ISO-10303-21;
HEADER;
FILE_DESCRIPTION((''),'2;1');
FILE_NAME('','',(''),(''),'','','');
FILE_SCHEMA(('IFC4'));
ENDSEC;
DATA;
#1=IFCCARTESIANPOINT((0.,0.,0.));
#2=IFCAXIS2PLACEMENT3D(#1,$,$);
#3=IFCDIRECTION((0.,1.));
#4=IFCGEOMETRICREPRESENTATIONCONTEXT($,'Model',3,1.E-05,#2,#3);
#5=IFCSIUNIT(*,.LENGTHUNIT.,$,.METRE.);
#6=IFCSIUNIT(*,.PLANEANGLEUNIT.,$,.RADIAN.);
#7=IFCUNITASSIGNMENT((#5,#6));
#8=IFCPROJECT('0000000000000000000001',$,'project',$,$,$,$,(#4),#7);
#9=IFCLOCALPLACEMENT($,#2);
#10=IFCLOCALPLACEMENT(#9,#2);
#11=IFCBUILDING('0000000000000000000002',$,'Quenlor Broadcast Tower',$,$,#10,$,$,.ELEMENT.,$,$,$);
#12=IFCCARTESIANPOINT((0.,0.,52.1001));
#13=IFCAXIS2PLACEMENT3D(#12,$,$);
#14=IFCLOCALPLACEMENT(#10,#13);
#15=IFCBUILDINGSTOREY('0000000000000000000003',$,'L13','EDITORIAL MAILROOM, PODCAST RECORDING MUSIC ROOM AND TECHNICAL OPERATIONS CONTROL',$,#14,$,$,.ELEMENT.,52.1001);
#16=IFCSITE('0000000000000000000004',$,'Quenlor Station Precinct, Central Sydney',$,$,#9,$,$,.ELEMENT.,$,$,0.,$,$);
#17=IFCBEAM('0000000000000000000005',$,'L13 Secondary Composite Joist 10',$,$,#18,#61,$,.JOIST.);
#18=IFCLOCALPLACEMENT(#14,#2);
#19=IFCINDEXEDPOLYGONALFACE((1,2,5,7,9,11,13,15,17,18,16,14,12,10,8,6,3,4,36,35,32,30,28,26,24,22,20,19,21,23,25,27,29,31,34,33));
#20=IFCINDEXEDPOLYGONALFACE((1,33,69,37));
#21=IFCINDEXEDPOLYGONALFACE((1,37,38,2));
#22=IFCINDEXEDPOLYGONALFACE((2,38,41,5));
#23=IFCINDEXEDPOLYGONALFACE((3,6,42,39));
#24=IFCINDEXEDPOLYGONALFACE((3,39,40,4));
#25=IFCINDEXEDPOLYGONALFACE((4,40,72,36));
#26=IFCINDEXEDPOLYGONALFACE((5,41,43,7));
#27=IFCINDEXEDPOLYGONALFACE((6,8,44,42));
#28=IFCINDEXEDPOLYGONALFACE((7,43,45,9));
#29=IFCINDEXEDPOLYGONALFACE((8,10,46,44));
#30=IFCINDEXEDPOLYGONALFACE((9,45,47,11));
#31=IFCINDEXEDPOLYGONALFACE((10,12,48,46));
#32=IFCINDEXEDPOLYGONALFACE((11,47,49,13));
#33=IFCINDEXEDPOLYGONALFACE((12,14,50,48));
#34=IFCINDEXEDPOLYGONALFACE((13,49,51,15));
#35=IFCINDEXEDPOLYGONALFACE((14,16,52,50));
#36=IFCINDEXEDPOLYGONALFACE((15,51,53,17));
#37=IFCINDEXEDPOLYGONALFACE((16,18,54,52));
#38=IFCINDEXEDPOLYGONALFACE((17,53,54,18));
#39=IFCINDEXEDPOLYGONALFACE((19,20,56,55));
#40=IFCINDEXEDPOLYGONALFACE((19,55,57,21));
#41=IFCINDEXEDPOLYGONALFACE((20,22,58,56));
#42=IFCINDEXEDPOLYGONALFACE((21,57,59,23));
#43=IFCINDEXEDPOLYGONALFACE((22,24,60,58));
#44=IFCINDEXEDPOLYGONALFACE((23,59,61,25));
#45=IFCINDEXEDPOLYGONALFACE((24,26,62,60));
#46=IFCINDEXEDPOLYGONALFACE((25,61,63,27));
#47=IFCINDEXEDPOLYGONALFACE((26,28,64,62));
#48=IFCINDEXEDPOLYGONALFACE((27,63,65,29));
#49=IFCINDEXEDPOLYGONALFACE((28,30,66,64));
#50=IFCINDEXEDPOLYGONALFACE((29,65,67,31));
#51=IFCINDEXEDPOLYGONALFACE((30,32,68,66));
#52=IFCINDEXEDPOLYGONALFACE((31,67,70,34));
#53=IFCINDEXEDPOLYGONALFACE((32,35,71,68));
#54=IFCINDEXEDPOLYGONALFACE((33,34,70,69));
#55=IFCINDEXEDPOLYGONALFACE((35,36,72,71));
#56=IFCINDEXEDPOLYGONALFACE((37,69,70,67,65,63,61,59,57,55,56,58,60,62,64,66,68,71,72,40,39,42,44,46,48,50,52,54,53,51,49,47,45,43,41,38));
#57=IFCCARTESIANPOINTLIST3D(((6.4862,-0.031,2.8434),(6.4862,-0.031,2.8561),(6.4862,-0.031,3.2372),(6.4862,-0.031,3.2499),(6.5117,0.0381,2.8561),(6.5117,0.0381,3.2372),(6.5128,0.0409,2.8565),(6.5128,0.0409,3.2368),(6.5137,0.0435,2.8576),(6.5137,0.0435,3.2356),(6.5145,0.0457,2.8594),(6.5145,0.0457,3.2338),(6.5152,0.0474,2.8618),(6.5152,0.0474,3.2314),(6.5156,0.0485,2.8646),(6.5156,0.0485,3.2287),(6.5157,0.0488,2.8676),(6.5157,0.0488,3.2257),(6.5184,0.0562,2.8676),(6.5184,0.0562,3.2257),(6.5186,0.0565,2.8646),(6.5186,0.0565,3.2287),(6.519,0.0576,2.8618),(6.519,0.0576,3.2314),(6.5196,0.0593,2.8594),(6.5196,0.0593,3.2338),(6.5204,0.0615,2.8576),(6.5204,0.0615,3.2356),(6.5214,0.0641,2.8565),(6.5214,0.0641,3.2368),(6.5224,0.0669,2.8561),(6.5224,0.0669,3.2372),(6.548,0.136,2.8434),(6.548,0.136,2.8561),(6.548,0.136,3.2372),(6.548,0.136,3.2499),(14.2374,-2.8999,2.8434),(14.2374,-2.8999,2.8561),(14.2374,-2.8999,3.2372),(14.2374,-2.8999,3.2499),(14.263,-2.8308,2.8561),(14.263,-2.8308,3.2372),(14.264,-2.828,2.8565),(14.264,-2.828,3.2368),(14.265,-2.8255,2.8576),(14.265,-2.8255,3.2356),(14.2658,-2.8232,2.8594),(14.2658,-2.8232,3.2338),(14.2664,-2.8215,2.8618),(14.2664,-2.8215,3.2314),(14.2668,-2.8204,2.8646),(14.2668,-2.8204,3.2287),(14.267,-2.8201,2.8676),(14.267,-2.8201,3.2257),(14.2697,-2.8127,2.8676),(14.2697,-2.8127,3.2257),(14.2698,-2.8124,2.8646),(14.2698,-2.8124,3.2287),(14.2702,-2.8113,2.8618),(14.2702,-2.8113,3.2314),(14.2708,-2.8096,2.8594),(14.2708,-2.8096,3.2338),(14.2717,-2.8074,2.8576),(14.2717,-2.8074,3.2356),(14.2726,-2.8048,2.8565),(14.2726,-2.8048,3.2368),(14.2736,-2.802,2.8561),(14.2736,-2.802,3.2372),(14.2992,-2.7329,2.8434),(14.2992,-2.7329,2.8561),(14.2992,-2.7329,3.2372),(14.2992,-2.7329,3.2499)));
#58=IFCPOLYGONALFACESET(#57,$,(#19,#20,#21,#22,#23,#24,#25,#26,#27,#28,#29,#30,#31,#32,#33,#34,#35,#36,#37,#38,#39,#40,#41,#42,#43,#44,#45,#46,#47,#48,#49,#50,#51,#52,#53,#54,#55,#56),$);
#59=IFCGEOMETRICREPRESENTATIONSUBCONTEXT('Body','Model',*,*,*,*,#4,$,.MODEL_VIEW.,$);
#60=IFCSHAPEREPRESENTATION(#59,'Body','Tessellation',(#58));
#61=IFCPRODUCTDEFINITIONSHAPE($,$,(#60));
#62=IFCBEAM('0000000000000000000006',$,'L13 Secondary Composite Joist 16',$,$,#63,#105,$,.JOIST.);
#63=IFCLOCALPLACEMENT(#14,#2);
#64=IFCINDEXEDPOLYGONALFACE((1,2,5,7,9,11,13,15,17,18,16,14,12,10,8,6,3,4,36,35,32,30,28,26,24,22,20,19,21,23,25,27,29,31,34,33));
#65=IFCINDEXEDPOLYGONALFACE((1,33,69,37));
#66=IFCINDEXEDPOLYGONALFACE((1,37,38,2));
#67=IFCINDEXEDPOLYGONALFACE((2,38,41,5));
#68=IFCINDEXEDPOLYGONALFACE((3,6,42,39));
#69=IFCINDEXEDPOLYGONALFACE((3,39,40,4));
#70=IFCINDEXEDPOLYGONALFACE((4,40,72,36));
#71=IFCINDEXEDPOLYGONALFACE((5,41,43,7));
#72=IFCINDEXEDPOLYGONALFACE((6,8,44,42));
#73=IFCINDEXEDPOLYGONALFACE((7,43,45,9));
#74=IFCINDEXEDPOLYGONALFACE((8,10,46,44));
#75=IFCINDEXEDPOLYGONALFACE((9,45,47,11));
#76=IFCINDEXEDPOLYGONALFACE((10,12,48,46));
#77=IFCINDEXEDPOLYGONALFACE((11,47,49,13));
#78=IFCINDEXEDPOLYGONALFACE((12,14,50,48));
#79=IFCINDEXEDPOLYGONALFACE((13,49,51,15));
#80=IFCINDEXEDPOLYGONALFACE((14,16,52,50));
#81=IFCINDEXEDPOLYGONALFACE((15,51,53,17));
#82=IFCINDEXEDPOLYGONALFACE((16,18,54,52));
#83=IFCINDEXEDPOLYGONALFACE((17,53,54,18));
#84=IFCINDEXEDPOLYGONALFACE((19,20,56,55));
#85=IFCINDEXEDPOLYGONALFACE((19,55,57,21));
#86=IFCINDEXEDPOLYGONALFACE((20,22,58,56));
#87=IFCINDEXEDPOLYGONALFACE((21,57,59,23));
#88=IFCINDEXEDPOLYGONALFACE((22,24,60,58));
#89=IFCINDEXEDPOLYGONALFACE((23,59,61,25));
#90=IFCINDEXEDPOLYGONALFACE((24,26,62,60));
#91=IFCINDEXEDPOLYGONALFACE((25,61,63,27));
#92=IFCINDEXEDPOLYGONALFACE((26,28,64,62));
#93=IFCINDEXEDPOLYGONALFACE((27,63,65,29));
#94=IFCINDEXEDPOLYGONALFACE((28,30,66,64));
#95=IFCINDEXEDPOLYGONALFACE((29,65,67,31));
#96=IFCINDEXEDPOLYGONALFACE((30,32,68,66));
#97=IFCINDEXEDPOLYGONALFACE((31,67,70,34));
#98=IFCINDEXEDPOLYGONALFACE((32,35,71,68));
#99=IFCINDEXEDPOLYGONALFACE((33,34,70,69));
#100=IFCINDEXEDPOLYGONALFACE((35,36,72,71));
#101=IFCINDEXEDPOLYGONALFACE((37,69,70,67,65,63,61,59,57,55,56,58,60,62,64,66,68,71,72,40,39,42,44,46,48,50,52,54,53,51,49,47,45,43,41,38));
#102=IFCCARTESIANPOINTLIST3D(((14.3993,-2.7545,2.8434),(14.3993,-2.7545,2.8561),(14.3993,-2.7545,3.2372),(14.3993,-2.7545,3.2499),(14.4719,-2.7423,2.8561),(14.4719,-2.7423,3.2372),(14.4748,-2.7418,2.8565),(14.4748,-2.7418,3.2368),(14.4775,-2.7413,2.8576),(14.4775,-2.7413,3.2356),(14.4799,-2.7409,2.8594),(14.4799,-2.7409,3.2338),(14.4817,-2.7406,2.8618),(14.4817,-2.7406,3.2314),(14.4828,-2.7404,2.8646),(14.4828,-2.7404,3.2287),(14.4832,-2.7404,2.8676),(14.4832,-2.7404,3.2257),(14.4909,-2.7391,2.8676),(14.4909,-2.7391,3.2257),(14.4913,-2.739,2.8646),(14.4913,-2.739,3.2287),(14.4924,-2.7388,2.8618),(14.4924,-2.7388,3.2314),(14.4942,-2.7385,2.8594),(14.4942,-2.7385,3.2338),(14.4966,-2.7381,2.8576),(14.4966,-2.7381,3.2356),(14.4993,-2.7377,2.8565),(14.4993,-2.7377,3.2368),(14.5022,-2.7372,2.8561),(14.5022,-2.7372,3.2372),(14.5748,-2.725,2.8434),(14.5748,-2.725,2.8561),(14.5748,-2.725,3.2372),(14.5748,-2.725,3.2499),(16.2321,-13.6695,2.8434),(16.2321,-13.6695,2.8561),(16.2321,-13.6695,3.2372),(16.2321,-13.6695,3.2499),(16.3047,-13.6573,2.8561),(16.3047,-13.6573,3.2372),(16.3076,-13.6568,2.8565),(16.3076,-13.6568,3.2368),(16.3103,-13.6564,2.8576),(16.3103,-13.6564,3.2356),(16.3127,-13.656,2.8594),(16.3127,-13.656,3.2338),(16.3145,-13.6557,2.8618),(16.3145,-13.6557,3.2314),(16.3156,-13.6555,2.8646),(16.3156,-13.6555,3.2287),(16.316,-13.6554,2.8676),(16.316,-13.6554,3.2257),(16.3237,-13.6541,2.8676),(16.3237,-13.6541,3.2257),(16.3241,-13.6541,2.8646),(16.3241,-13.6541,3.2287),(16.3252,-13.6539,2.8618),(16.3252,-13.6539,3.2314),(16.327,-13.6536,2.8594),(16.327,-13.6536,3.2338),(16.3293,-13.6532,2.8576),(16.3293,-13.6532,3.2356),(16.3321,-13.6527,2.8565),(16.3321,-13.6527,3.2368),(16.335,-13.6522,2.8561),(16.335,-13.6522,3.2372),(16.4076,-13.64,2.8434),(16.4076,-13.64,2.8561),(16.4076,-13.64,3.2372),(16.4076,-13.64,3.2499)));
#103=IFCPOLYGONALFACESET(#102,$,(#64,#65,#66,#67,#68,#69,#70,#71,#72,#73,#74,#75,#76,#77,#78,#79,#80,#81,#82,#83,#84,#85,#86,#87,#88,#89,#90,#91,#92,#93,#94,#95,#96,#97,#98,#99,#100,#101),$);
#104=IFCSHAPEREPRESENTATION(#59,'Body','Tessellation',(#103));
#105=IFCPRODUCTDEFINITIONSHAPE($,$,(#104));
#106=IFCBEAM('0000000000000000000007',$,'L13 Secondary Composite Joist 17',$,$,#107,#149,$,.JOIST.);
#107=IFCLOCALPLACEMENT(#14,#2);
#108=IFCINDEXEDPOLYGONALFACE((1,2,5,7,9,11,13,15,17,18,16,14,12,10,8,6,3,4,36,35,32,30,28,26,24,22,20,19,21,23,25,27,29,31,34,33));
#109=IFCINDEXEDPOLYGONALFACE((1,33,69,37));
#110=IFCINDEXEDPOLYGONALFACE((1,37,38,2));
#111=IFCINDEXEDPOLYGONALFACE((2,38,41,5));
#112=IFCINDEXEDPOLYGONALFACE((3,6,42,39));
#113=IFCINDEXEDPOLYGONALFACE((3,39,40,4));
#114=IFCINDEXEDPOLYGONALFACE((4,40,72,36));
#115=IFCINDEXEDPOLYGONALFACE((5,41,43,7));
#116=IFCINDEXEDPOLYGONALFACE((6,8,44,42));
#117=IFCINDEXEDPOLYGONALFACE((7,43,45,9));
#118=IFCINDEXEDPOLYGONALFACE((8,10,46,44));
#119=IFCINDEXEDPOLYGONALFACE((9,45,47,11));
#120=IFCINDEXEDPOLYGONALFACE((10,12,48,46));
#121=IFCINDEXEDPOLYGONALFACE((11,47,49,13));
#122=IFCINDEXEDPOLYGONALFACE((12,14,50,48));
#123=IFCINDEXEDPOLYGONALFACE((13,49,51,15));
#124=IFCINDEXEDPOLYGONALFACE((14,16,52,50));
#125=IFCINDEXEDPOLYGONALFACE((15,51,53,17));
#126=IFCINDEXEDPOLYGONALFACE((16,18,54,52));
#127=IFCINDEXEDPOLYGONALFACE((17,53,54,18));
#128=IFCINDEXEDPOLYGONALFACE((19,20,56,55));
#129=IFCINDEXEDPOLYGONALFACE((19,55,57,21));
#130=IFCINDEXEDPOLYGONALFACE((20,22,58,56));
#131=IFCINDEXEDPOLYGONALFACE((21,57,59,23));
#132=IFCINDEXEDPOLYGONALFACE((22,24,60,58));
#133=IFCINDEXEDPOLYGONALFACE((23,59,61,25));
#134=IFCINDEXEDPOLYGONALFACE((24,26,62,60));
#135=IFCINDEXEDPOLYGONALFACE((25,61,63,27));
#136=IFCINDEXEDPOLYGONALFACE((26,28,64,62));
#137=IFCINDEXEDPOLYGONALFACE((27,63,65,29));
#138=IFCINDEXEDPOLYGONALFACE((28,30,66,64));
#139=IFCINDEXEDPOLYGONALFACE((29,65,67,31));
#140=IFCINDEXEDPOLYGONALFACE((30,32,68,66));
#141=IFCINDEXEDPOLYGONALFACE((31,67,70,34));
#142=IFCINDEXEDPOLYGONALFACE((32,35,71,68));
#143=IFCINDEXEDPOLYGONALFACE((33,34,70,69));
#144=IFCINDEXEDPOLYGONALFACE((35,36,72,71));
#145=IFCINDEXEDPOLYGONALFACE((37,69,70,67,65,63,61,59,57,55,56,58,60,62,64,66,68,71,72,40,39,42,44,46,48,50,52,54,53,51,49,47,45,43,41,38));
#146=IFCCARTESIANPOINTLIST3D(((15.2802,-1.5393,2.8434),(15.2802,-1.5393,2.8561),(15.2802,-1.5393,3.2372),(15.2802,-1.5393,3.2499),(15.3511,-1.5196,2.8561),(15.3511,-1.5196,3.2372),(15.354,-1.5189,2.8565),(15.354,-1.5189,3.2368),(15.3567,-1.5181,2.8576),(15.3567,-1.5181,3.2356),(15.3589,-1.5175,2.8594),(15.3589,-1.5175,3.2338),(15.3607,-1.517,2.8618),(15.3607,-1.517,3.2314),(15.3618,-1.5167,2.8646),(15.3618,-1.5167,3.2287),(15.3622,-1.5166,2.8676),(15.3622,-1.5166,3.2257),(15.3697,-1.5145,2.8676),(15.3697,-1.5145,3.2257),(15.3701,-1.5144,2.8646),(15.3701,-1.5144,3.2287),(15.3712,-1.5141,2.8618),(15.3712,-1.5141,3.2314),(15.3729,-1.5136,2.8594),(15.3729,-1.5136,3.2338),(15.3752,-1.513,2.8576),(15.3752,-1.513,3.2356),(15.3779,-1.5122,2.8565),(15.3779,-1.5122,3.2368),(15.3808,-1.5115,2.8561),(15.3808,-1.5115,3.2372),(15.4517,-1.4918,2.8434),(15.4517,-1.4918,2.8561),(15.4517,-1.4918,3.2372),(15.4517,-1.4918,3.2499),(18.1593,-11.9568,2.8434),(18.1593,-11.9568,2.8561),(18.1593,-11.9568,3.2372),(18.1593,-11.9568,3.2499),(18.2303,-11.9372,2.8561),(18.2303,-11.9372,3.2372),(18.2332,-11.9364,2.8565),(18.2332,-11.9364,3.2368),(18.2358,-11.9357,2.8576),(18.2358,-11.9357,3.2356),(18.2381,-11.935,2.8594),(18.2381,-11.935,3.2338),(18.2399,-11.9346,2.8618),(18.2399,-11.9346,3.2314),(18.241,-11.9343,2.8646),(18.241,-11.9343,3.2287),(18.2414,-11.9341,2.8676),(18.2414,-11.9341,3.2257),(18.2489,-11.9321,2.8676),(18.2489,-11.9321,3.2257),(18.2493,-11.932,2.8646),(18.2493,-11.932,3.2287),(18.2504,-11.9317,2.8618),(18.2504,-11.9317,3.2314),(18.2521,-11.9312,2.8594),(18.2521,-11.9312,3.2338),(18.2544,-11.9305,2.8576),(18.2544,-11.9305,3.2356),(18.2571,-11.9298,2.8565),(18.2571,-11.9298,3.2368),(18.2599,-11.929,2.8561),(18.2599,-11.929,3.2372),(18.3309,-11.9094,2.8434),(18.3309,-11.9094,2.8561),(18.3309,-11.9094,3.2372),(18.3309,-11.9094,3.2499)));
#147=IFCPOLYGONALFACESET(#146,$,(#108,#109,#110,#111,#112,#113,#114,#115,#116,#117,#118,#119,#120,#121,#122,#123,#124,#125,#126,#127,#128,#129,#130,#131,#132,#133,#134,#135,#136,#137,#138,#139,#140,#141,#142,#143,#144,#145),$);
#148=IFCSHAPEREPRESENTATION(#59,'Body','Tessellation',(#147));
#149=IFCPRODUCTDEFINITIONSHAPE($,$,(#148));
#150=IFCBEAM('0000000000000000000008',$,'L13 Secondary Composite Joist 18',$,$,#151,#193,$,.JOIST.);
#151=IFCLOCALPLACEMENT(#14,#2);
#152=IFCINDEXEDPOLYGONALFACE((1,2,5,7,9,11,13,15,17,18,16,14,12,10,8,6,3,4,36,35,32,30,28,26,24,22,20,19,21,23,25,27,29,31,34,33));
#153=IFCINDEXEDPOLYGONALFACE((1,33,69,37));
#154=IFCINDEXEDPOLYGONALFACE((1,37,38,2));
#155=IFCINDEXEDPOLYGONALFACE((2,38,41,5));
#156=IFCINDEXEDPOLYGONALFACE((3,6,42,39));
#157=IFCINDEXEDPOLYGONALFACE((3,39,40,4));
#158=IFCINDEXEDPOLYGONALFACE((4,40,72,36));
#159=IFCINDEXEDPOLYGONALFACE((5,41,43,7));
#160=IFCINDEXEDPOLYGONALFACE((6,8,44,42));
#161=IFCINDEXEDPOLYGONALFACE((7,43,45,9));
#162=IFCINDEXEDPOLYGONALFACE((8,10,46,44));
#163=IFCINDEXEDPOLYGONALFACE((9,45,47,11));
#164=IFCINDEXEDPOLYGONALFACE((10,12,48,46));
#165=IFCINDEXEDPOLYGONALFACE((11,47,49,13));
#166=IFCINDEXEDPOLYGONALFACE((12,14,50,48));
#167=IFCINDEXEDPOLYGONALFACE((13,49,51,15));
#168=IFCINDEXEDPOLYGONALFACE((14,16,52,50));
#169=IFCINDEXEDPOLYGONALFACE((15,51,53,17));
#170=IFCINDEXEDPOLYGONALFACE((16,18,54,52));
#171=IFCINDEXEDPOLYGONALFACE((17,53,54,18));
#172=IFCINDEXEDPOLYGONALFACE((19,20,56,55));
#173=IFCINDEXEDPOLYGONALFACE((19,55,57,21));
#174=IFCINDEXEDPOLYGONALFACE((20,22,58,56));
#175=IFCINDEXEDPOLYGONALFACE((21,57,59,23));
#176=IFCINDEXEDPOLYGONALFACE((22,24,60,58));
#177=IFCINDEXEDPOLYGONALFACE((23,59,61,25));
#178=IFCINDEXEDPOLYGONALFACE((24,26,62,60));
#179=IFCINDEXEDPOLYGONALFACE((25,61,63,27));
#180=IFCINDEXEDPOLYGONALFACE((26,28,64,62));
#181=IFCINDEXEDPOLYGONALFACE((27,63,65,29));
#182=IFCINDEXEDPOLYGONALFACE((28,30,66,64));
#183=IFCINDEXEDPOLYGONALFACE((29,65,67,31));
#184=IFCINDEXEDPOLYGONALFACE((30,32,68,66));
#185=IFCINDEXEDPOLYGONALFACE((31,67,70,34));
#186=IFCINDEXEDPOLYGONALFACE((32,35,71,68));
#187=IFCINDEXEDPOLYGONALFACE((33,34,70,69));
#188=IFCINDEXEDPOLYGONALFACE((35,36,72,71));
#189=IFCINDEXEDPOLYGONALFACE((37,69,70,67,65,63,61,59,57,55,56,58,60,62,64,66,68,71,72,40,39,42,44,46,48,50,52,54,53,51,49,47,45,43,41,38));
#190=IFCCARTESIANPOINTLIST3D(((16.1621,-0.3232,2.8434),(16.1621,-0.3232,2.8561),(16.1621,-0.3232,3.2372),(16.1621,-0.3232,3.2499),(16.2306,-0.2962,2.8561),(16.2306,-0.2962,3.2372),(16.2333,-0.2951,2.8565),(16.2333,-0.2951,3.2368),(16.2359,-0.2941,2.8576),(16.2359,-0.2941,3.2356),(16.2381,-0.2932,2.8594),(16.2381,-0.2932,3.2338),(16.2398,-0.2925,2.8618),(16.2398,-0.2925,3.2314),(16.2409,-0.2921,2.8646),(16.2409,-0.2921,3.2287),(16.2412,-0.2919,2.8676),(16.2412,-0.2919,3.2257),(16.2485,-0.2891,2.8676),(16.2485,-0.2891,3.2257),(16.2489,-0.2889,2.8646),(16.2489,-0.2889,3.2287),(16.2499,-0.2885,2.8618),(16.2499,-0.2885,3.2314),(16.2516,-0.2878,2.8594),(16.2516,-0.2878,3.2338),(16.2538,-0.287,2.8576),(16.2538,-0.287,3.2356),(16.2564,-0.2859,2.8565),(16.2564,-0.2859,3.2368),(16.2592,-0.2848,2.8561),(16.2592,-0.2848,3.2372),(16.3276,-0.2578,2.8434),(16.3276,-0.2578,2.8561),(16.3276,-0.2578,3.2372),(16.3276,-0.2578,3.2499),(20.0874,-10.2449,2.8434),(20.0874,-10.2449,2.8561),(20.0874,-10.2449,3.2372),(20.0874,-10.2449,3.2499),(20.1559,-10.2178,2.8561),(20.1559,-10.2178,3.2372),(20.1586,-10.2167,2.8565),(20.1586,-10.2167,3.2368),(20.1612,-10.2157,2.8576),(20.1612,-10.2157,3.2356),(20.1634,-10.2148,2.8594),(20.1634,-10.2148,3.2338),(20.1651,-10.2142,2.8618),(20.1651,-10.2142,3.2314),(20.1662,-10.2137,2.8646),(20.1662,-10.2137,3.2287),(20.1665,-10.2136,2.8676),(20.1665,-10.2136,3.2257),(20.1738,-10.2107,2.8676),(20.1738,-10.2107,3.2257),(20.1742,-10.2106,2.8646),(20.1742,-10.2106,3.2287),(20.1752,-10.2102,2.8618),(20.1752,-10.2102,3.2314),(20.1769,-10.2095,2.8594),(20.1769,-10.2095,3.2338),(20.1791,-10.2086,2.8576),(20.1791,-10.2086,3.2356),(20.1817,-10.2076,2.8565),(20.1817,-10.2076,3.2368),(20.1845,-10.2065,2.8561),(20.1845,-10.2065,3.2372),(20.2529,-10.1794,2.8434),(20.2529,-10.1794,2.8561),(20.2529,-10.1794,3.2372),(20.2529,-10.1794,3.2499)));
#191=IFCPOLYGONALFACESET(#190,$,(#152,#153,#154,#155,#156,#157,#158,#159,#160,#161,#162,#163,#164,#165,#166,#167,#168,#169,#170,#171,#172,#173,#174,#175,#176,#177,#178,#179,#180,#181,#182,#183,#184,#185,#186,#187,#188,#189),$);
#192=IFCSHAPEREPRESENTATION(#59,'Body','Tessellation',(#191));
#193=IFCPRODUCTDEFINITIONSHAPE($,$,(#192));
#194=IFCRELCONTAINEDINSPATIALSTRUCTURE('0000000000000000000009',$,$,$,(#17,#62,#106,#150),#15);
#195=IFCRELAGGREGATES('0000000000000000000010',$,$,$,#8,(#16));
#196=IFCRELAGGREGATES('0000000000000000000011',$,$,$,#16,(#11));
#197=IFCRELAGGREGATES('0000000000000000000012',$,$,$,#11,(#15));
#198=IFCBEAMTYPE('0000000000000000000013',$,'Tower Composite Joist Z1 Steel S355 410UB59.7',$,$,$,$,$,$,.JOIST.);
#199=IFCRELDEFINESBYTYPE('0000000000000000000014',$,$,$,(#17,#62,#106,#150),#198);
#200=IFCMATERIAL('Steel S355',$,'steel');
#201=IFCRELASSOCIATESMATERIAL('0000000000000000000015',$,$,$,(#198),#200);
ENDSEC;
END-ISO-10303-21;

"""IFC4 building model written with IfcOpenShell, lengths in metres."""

from ifc_helpers import new_model, si_unit, direction, frame, origin, origin_2d, place, context, subcontext, project, spatial, i_section, extrude, material, material_profile, profile_set, type_object, element, save


model = new_model("IFC4")

# Units and contexts
model_context = context("Model", 3, precision=1e-05, world=origin(), true_north=direction((0.0, 1.0)))
body_context = subcontext(model_context, "Body", "Model", "MODEL_VIEW")
ifc_project = project(units=[si_unit("LENGTHUNIT", "METRE"), si_unit("PLANEANGLEUNIT", "RADIAN")], contexts=[model_context])

# Site, building, storey
site_placement = place(None, origin())
site = spatial("IfcSite", under=ifc_project, at=site_placement, Name="Quenlor Station Precinct, Central Sydney", CompositionType="ELEMENT", RefElevation=0.0)
building_placement = place(site_placement, origin())
building = spatial("IfcBuilding", under=site, at=building_placement, Name="Quenlor Broadcast Tower", CompositionType="ELEMENT")
storey_placement = place(building_placement, frame((0.0, 0.0, 52.1001)))
storey = spatial("IfcBuildingStorey", under=building, at=storey_placement, Name="L13", Description="EDITORIAL MAILROOM, PODCAST RECORDING MUSIC ROOM AND TECHNICAL OPERATIONS CONTROL", CompositionType="ELEMENT", Elevation=52.1001)

# Beams
ifc_material_1 = material(Name="Steel S355", Category="steel")
ifc_material_profile_1 = material_profile(ifc_material_1, i_section(OverallWidth=0.178, OverallDepth=0.4065, WebThickness=0.0078, FlangeThickness=0.0127, FilletRadius=0.0115, at=origin_2d()))
ifc_profile_set_1 = profile_set([ifc_material_profile_1], Name="Steel S355 410UB59.7")
beam_type_1 = type_object("IfcBeamType", Name="Tower Composite Joist Z1 Steel S355 410UB59.7", PredefinedType="JOIST", material=ifc_profile_set_1)
beam_1_placement = place(storey_placement, frame((14.2683, -2.8164, 3.0466), z_axis=(-0.937825, 0.347109, 0.0), x_axis=(-0.347109, -0.937825, 0.0)))
element("IfcBeam", 1, at=beam_1_placement, inside=storey, type_object=beam_type_1, Name="L13 Secondary Composite Joist 10", PredefinedType="JOIST", context=body_context, shape_type="SweptSolid", body=[
    extrude(i_section(OverallWidth=0.178, OverallDepth=0.4065, WebThickness=0.0078, FlangeThickness=0.0127, FilletRadius=0.0115, at=origin_2d()), origin(), (0.0, 0.0, 1.0), 8.2651),
])
beam_2_placement = place(storey_placement, frame((16.3198, -13.6548, 3.0466), z_axis=(-0.165594, 0.986194, 0.0), x_axis=(-0.986194, -0.165594, 0.0)))
element("IfcBeam", 2, at=beam_2_placement, inside=storey, type_object=beam_type_1, Name="L13 Secondary Composite Joist 16", PredefinedType="JOIST", context=body_context, shape_type="SweptSolid", body=[
    extrude(i_section(OverallWidth=0.178, OverallDepth=0.4065, WebThickness=0.0078, FlangeThickness=0.0127, FilletRadius=0.0115, at=origin_2d()), origin(), (0.0, 0.0, 1.0), 11.0679),
])
beam_3_placement = place(storey_placement, frame((18.2451, -11.9331, 3.0466), z_axis=(-0.26639, 0.963865, 0.0), x_axis=(-0.963865, -0.26639, 0.0)))
element("IfcBeam", 3, at=beam_3_placement, inside=storey, type_object=beam_type_1, Name="L13 Secondary Composite Joist 17", PredefinedType="JOIST", context=body_context, shape_type="SweptSolid", body=[
    extrude(i_section(OverallWidth=0.178, OverallDepth=0.4065, WebThickness=0.0078, FlangeThickness=0.0127, FilletRadius=0.0115, at=origin_2d()), origin(), (0.0, 0.0, 1.0), 10.8081),
])
beam_4_placement = place(storey_placement, frame((20.1702, -10.2122, 3.0466), z_axis=(-0.367885, 0.929871, 0.0), x_axis=(-0.929871, -0.367885, 0.0)))
element("IfcBeam", 4, at=beam_4_placement, inside=storey, type_object=beam_type_1, Name="L13 Secondary Composite Joist 18", PredefinedType="JOIST", context=body_context, shape_type="SweptSolid", body=[
    extrude(i_section(OverallWidth=0.178, OverallDepth=0.4065, WebThickness=0.0078, FlangeThickness=0.0127, FilletRadius=0.0115, at=origin_2d()), origin(), (0.0, 0.0, 1.0), 10.6699),
])

save(model, "model.ifc")
